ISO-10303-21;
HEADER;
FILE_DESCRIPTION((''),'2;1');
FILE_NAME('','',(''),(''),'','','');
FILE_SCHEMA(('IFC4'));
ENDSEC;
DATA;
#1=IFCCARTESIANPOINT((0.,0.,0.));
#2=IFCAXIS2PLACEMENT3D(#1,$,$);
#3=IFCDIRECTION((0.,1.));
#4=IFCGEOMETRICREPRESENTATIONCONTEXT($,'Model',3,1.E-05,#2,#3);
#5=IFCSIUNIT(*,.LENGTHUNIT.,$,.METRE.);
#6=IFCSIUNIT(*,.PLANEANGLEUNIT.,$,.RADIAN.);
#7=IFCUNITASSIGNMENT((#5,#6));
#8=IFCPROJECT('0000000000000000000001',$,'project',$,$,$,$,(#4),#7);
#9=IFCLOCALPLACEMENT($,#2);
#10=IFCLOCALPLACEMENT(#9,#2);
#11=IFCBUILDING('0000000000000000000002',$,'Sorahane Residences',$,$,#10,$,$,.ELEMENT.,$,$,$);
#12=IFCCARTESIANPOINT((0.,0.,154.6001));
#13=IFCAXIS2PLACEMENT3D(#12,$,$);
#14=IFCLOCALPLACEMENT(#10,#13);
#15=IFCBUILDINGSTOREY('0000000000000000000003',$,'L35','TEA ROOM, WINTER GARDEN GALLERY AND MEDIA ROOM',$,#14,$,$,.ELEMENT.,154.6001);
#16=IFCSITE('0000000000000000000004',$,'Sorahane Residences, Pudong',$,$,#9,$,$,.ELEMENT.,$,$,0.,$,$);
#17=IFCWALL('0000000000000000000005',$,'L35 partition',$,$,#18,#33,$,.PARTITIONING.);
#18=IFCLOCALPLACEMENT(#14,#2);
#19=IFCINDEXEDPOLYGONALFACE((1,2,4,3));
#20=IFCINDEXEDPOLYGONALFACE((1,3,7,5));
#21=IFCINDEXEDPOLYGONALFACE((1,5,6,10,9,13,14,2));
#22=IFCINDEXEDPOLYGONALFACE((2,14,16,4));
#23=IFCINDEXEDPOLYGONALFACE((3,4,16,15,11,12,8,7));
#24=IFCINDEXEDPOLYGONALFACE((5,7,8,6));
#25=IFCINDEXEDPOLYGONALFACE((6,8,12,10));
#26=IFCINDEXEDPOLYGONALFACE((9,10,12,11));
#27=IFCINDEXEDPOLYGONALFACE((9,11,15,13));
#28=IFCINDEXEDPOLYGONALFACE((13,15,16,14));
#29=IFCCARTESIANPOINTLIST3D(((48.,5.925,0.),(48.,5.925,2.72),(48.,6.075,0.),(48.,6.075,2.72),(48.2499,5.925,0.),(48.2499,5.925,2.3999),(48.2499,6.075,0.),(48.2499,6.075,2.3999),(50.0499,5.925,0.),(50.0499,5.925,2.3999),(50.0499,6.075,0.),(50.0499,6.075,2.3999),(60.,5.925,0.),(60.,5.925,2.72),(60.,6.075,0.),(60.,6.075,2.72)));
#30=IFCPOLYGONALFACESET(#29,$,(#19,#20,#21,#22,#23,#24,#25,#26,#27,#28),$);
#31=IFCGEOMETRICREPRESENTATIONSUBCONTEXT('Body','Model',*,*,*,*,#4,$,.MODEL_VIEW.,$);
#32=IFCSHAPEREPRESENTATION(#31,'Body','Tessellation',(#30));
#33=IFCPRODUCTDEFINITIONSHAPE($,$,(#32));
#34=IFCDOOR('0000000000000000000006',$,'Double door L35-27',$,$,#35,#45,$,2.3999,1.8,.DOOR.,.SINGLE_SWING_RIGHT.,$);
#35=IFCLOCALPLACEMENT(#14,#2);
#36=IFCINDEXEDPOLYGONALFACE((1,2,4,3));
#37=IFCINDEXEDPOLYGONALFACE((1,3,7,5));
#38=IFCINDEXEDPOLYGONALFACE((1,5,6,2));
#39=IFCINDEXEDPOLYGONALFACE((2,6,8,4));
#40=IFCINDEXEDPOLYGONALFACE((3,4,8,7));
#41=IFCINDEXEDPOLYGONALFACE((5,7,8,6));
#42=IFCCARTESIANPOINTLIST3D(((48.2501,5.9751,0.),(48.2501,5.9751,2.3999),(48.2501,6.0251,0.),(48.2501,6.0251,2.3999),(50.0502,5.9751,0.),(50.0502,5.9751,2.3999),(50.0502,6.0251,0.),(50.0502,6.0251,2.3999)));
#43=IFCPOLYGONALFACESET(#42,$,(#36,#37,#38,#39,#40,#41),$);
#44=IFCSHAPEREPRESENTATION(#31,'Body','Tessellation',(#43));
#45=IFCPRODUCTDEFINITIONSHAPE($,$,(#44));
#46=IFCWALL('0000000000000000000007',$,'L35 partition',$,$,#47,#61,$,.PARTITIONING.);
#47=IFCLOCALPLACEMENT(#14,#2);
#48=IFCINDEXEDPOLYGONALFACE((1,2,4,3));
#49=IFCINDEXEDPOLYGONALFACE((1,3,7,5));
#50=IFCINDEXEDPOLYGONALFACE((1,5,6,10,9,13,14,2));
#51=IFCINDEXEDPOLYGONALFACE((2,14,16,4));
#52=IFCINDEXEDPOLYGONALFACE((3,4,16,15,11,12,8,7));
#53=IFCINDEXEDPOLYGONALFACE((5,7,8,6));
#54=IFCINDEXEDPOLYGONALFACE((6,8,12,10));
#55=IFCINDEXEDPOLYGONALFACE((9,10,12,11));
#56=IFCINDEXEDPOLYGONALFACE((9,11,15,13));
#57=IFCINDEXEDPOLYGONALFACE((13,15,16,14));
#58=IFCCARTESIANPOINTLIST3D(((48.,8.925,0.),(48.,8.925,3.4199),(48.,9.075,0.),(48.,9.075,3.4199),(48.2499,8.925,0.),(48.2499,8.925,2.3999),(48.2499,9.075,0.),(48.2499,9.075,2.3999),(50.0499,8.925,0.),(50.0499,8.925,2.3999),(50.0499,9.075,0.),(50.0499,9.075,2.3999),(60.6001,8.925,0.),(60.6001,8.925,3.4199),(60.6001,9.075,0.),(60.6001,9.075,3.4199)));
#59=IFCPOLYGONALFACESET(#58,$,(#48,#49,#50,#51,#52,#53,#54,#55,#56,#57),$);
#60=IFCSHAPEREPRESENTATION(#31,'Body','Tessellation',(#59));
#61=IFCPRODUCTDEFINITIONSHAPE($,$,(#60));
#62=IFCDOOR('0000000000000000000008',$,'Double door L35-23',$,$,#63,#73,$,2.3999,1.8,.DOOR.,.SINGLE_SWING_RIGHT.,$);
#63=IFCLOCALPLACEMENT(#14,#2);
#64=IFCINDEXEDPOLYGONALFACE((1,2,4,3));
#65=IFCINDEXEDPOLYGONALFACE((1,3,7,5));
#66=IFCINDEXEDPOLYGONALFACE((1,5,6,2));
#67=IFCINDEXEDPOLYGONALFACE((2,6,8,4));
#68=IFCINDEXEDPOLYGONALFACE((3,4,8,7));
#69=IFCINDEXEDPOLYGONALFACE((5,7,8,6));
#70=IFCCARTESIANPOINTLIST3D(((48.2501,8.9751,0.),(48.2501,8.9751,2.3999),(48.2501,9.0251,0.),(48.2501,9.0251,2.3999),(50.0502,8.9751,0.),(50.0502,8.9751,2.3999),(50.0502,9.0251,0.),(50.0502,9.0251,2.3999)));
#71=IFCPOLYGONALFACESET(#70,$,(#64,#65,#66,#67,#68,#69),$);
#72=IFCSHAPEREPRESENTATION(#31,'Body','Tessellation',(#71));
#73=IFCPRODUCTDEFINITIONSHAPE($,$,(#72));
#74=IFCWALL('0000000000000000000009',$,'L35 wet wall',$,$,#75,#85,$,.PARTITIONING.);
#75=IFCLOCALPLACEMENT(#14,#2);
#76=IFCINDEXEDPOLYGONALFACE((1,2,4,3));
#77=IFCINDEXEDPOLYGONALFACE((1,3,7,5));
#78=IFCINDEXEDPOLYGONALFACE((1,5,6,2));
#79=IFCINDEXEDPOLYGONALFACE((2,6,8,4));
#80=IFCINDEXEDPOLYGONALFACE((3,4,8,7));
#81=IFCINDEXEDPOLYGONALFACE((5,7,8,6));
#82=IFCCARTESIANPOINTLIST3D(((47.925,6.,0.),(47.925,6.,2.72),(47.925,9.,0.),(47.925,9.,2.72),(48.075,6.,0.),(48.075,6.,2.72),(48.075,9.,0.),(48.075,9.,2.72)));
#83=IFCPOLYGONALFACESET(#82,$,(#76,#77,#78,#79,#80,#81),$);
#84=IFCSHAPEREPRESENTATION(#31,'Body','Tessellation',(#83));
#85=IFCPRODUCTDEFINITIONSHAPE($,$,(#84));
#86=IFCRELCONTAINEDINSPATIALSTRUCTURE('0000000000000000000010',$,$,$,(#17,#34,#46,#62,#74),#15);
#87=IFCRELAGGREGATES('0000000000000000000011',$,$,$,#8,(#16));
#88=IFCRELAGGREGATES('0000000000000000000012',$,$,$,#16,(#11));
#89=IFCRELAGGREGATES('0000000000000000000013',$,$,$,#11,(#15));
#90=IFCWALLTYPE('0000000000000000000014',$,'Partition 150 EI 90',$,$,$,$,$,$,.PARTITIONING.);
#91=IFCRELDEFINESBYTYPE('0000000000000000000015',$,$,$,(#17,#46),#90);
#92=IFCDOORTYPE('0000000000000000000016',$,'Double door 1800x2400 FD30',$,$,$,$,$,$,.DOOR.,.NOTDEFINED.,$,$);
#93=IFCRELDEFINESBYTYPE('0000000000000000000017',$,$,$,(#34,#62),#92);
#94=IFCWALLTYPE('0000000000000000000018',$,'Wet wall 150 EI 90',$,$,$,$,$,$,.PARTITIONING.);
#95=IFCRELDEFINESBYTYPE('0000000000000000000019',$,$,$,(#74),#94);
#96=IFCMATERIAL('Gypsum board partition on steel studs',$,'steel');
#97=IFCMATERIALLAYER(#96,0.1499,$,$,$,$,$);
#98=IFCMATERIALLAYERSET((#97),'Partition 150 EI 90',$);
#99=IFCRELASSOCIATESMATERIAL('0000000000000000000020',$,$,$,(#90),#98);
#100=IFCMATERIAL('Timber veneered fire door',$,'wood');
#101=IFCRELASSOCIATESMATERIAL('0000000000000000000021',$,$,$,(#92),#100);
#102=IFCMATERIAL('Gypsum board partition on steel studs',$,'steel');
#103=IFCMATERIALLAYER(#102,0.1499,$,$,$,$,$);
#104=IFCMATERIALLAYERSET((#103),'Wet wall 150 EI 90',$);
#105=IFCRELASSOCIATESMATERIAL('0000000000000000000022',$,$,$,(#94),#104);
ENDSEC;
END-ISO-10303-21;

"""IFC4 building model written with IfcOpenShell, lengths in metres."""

from ifc_helpers import new_model, si_unit, direction, frame, frame_2d, origin, place, context, subcontext, project, spatial, rectangle, extrude, material, layer, layer_set, type_object, element, fill, save


model = new_model("IFC4")

# Units and contexts
model_context = context("Model", 3, precision=1e-05, world=origin(), true_north=direction((0.0, 1.0)))
body_context = subcontext(model_context, "Body", "Model", "MODEL_VIEW")
ifc_project = project(units=[si_unit("LENGTHUNIT", "METRE"), si_unit("PLANEANGLEUNIT", "RADIAN")], contexts=[model_context])

# Site, building, storey
site_placement = place(None, origin())
site = spatial("IfcSite", under=ifc_project, at=site_placement, Name="Sorahane Residences, Pudong", CompositionType="ELEMENT", RefElevation=0.0)
building_placement = place(site_placement, origin())
building = spatial("IfcBuilding", under=site, at=building_placement, Name="Sorahane Residences", CompositionType="ELEMENT")
storey_placement = place(building_placement, frame((0.0, 0.0, 154.6001)))
storey = spatial("IfcBuildingStorey", under=building, at=storey_placement, Name="L35", Description="TEA ROOM, WINTER GARDEN GALLERY AND MEDIA ROOM", CompositionType="ELEMENT", Elevation=154.6001)

# Shared definitions
ifc_material_1 = material(Name="Gypsum board partition on steel studs", Category="steel")
ifc_layer_1 = layer(ifc_material_1, 0.1499)
ifc_layer_set_1 = layer_set([ifc_layer_1], Name="Partition 150 EI 90")
wall_type_1 = type_object("IfcWallType", Name="Partition 150 EI 90", PredefinedType="PARTITIONING", material=ifc_layer_set_1)

# Walls, openings, doors
wall_1_placement = place(storey_placement, frame((48.0, 6.0, 0.0), z_axis=(0.0, 0.0, 1.0), x_axis=(1.0, 0.0, 0.0)))
wall_1 = element("IfcWall", 1, at=wall_1_placement, inside=storey, type_object=wall_type_1, Name="L35 partition", PredefinedType="PARTITIONING", context=body_context, shape_type="SweptSolid", body=[
    extrude(rectangle(XDim=12.0, YDim=0.1499, at=frame_2d((6.0, 0.0))), origin(), (0.0, 0.0, 1.0), 2.72),
])
opening_1_placement = place(wall_1_placement, frame((0.25, 0.0, 0.0)))
opening_1 = element("IfcOpeningElement", 2, at=opening_1_placement, cuts=wall_1, PredefinedType="OPENING", context=body_context, shape_type="SweptSolid", body=[
    extrude(rectangle(XDim=1.8, YDim=2.3999, at=frame_2d((0.8999, 1.2))), frame((0.0, 0.085, 0.0), z_axis=(0.0, -1.0, 0.0), x_axis=(1.0, 0.0, 0.0)), (0.0, 0.0, 1.0), 0.1699),
])
ifc_material_2 = material(Name="Timber veneered fire door", Category="wood")
door_type_1 = type_object("IfcDoorType", Name="Double door 1800x2400 FD30", OperationType="NOTDEFINED", PredefinedType="DOOR", material=ifc_material_2)
door_1_placement = place(opening_1_placement, frame((1.8, 0.0, 0.0), z_axis=(0.0, 0.0, 1.0), x_axis=(-1.0, 0.0, 0.0)))
door_1 = element("IfcDoor", 3, at=door_1_placement, inside=storey, type_object=door_type_1, Name="Double door L35-27", OperationType="SINGLE_SWING_RIGHT", OverallHeight=2.3999, OverallWidth=1.8, PredefinedType="DOOR", context=body_context, shape_type="SweptSolid", body=[
    extrude(rectangle(XDim=1.8, YDim=2.3999, at=frame_2d((0.8999, 1.2))), frame((0.0, 0.0249, 0.0), z_axis=(0.0, -1.0, 0.0), x_axis=(1.0, 0.0, 0.0)), (0.0, 0.0, 1.0), 0.05),
])
fill(opening_1, door_1)
wall_2_placement = place(storey_placement, frame((48.0, 9.0, 0.0), z_axis=(0.0, 0.0, 1.0), x_axis=(1.0, 0.0, 0.0)))
wall_2 = element("IfcWall", 4, at=wall_2_placement, inside=storey, type_object=wall_type_1, Name="L35 partition", PredefinedType="PARTITIONING", context=body_context, shape_type="SweptSolid", body=[
    extrude(rectangle(XDim=12.6001, YDim=0.1499, at=frame_2d((6.3, 0.0))), origin(), (0.0, 0.0, 1.0), 3.4199),
])
opening_2_placement = place(wall_2_placement, frame((0.25, 0.0, 0.0)))
opening_2 = element("IfcOpeningElement", 5, at=opening_2_placement, cuts=wall_2, PredefinedType="OPENING", context=body_context, shape_type="SweptSolid", body=[
    extrude(rectangle(XDim=1.8, YDim=2.3999, at=frame_2d((0.8999, 1.2))), frame((0.0, 0.085, 0.0), z_axis=(0.0, -1.0, 0.0), x_axis=(1.0, 0.0, 0.0)), (0.0, 0.0, 1.0), 0.1699),
])
door_2_placement = place(opening_2_placement, frame((1.8, 0.0, 0.0), z_axis=(0.0, 0.0, 1.0), x_axis=(-1.0, 0.0, 0.0)))
door_2 = element("IfcDoor", 6, at=door_2_placement, inside=storey, type_object=door_type_1, Name="Double door L35-23", OperationType="SINGLE_SWING_RIGHT", OverallHeight=2.3999, OverallWidth=1.8, PredefinedType="DOOR", context=body_context, shape_type="SweptSolid", body=[
    extrude(rectangle(XDim=1.8, YDim=2.3999, at=frame_2d((0.8999, 1.2))), frame((0.0, 0.0249, 0.0), z_axis=(0.0, -1.0, 0.0), x_axis=(1.0, 0.0, 0.0)), (0.0, 0.0, 1.0), 0.05),
])
fill(opening_2, door_2)

# Wall
ifc_material_3 = material(Name="Gypsum board partition on steel studs", Category="steel")
ifc_layer_2 = layer(ifc_material_3, 0.1499)
ifc_layer_set_2 = layer_set([ifc_layer_2], Name="Wet wall 150 EI 90")
wall_type_2 = type_object("IfcWallType", Name="Wet wall 150 EI 90", PredefinedType="PARTITIONING", material=ifc_layer_set_2)
wall_3_placement = place(storey_placement, frame((48.0, 6.0, 0.0), z_axis=(0.0, 0.0, 1.0), x_axis=(0.0, 1.0, 0.0)))
element("IfcWall", 7, at=wall_3_placement, inside=storey, type_object=wall_type_2, Name="L35 wet wall", PredefinedType="PARTITIONING", context=body_context, shape_type="SweptSolid", body=[
    extrude(rectangle(XDim=3.0, YDim=0.1499, at=frame_2d((1.5, 0.0))), origin(), (0.0, 0.0, 1.0), 2.72),
])

save(model, "model.ifc")
